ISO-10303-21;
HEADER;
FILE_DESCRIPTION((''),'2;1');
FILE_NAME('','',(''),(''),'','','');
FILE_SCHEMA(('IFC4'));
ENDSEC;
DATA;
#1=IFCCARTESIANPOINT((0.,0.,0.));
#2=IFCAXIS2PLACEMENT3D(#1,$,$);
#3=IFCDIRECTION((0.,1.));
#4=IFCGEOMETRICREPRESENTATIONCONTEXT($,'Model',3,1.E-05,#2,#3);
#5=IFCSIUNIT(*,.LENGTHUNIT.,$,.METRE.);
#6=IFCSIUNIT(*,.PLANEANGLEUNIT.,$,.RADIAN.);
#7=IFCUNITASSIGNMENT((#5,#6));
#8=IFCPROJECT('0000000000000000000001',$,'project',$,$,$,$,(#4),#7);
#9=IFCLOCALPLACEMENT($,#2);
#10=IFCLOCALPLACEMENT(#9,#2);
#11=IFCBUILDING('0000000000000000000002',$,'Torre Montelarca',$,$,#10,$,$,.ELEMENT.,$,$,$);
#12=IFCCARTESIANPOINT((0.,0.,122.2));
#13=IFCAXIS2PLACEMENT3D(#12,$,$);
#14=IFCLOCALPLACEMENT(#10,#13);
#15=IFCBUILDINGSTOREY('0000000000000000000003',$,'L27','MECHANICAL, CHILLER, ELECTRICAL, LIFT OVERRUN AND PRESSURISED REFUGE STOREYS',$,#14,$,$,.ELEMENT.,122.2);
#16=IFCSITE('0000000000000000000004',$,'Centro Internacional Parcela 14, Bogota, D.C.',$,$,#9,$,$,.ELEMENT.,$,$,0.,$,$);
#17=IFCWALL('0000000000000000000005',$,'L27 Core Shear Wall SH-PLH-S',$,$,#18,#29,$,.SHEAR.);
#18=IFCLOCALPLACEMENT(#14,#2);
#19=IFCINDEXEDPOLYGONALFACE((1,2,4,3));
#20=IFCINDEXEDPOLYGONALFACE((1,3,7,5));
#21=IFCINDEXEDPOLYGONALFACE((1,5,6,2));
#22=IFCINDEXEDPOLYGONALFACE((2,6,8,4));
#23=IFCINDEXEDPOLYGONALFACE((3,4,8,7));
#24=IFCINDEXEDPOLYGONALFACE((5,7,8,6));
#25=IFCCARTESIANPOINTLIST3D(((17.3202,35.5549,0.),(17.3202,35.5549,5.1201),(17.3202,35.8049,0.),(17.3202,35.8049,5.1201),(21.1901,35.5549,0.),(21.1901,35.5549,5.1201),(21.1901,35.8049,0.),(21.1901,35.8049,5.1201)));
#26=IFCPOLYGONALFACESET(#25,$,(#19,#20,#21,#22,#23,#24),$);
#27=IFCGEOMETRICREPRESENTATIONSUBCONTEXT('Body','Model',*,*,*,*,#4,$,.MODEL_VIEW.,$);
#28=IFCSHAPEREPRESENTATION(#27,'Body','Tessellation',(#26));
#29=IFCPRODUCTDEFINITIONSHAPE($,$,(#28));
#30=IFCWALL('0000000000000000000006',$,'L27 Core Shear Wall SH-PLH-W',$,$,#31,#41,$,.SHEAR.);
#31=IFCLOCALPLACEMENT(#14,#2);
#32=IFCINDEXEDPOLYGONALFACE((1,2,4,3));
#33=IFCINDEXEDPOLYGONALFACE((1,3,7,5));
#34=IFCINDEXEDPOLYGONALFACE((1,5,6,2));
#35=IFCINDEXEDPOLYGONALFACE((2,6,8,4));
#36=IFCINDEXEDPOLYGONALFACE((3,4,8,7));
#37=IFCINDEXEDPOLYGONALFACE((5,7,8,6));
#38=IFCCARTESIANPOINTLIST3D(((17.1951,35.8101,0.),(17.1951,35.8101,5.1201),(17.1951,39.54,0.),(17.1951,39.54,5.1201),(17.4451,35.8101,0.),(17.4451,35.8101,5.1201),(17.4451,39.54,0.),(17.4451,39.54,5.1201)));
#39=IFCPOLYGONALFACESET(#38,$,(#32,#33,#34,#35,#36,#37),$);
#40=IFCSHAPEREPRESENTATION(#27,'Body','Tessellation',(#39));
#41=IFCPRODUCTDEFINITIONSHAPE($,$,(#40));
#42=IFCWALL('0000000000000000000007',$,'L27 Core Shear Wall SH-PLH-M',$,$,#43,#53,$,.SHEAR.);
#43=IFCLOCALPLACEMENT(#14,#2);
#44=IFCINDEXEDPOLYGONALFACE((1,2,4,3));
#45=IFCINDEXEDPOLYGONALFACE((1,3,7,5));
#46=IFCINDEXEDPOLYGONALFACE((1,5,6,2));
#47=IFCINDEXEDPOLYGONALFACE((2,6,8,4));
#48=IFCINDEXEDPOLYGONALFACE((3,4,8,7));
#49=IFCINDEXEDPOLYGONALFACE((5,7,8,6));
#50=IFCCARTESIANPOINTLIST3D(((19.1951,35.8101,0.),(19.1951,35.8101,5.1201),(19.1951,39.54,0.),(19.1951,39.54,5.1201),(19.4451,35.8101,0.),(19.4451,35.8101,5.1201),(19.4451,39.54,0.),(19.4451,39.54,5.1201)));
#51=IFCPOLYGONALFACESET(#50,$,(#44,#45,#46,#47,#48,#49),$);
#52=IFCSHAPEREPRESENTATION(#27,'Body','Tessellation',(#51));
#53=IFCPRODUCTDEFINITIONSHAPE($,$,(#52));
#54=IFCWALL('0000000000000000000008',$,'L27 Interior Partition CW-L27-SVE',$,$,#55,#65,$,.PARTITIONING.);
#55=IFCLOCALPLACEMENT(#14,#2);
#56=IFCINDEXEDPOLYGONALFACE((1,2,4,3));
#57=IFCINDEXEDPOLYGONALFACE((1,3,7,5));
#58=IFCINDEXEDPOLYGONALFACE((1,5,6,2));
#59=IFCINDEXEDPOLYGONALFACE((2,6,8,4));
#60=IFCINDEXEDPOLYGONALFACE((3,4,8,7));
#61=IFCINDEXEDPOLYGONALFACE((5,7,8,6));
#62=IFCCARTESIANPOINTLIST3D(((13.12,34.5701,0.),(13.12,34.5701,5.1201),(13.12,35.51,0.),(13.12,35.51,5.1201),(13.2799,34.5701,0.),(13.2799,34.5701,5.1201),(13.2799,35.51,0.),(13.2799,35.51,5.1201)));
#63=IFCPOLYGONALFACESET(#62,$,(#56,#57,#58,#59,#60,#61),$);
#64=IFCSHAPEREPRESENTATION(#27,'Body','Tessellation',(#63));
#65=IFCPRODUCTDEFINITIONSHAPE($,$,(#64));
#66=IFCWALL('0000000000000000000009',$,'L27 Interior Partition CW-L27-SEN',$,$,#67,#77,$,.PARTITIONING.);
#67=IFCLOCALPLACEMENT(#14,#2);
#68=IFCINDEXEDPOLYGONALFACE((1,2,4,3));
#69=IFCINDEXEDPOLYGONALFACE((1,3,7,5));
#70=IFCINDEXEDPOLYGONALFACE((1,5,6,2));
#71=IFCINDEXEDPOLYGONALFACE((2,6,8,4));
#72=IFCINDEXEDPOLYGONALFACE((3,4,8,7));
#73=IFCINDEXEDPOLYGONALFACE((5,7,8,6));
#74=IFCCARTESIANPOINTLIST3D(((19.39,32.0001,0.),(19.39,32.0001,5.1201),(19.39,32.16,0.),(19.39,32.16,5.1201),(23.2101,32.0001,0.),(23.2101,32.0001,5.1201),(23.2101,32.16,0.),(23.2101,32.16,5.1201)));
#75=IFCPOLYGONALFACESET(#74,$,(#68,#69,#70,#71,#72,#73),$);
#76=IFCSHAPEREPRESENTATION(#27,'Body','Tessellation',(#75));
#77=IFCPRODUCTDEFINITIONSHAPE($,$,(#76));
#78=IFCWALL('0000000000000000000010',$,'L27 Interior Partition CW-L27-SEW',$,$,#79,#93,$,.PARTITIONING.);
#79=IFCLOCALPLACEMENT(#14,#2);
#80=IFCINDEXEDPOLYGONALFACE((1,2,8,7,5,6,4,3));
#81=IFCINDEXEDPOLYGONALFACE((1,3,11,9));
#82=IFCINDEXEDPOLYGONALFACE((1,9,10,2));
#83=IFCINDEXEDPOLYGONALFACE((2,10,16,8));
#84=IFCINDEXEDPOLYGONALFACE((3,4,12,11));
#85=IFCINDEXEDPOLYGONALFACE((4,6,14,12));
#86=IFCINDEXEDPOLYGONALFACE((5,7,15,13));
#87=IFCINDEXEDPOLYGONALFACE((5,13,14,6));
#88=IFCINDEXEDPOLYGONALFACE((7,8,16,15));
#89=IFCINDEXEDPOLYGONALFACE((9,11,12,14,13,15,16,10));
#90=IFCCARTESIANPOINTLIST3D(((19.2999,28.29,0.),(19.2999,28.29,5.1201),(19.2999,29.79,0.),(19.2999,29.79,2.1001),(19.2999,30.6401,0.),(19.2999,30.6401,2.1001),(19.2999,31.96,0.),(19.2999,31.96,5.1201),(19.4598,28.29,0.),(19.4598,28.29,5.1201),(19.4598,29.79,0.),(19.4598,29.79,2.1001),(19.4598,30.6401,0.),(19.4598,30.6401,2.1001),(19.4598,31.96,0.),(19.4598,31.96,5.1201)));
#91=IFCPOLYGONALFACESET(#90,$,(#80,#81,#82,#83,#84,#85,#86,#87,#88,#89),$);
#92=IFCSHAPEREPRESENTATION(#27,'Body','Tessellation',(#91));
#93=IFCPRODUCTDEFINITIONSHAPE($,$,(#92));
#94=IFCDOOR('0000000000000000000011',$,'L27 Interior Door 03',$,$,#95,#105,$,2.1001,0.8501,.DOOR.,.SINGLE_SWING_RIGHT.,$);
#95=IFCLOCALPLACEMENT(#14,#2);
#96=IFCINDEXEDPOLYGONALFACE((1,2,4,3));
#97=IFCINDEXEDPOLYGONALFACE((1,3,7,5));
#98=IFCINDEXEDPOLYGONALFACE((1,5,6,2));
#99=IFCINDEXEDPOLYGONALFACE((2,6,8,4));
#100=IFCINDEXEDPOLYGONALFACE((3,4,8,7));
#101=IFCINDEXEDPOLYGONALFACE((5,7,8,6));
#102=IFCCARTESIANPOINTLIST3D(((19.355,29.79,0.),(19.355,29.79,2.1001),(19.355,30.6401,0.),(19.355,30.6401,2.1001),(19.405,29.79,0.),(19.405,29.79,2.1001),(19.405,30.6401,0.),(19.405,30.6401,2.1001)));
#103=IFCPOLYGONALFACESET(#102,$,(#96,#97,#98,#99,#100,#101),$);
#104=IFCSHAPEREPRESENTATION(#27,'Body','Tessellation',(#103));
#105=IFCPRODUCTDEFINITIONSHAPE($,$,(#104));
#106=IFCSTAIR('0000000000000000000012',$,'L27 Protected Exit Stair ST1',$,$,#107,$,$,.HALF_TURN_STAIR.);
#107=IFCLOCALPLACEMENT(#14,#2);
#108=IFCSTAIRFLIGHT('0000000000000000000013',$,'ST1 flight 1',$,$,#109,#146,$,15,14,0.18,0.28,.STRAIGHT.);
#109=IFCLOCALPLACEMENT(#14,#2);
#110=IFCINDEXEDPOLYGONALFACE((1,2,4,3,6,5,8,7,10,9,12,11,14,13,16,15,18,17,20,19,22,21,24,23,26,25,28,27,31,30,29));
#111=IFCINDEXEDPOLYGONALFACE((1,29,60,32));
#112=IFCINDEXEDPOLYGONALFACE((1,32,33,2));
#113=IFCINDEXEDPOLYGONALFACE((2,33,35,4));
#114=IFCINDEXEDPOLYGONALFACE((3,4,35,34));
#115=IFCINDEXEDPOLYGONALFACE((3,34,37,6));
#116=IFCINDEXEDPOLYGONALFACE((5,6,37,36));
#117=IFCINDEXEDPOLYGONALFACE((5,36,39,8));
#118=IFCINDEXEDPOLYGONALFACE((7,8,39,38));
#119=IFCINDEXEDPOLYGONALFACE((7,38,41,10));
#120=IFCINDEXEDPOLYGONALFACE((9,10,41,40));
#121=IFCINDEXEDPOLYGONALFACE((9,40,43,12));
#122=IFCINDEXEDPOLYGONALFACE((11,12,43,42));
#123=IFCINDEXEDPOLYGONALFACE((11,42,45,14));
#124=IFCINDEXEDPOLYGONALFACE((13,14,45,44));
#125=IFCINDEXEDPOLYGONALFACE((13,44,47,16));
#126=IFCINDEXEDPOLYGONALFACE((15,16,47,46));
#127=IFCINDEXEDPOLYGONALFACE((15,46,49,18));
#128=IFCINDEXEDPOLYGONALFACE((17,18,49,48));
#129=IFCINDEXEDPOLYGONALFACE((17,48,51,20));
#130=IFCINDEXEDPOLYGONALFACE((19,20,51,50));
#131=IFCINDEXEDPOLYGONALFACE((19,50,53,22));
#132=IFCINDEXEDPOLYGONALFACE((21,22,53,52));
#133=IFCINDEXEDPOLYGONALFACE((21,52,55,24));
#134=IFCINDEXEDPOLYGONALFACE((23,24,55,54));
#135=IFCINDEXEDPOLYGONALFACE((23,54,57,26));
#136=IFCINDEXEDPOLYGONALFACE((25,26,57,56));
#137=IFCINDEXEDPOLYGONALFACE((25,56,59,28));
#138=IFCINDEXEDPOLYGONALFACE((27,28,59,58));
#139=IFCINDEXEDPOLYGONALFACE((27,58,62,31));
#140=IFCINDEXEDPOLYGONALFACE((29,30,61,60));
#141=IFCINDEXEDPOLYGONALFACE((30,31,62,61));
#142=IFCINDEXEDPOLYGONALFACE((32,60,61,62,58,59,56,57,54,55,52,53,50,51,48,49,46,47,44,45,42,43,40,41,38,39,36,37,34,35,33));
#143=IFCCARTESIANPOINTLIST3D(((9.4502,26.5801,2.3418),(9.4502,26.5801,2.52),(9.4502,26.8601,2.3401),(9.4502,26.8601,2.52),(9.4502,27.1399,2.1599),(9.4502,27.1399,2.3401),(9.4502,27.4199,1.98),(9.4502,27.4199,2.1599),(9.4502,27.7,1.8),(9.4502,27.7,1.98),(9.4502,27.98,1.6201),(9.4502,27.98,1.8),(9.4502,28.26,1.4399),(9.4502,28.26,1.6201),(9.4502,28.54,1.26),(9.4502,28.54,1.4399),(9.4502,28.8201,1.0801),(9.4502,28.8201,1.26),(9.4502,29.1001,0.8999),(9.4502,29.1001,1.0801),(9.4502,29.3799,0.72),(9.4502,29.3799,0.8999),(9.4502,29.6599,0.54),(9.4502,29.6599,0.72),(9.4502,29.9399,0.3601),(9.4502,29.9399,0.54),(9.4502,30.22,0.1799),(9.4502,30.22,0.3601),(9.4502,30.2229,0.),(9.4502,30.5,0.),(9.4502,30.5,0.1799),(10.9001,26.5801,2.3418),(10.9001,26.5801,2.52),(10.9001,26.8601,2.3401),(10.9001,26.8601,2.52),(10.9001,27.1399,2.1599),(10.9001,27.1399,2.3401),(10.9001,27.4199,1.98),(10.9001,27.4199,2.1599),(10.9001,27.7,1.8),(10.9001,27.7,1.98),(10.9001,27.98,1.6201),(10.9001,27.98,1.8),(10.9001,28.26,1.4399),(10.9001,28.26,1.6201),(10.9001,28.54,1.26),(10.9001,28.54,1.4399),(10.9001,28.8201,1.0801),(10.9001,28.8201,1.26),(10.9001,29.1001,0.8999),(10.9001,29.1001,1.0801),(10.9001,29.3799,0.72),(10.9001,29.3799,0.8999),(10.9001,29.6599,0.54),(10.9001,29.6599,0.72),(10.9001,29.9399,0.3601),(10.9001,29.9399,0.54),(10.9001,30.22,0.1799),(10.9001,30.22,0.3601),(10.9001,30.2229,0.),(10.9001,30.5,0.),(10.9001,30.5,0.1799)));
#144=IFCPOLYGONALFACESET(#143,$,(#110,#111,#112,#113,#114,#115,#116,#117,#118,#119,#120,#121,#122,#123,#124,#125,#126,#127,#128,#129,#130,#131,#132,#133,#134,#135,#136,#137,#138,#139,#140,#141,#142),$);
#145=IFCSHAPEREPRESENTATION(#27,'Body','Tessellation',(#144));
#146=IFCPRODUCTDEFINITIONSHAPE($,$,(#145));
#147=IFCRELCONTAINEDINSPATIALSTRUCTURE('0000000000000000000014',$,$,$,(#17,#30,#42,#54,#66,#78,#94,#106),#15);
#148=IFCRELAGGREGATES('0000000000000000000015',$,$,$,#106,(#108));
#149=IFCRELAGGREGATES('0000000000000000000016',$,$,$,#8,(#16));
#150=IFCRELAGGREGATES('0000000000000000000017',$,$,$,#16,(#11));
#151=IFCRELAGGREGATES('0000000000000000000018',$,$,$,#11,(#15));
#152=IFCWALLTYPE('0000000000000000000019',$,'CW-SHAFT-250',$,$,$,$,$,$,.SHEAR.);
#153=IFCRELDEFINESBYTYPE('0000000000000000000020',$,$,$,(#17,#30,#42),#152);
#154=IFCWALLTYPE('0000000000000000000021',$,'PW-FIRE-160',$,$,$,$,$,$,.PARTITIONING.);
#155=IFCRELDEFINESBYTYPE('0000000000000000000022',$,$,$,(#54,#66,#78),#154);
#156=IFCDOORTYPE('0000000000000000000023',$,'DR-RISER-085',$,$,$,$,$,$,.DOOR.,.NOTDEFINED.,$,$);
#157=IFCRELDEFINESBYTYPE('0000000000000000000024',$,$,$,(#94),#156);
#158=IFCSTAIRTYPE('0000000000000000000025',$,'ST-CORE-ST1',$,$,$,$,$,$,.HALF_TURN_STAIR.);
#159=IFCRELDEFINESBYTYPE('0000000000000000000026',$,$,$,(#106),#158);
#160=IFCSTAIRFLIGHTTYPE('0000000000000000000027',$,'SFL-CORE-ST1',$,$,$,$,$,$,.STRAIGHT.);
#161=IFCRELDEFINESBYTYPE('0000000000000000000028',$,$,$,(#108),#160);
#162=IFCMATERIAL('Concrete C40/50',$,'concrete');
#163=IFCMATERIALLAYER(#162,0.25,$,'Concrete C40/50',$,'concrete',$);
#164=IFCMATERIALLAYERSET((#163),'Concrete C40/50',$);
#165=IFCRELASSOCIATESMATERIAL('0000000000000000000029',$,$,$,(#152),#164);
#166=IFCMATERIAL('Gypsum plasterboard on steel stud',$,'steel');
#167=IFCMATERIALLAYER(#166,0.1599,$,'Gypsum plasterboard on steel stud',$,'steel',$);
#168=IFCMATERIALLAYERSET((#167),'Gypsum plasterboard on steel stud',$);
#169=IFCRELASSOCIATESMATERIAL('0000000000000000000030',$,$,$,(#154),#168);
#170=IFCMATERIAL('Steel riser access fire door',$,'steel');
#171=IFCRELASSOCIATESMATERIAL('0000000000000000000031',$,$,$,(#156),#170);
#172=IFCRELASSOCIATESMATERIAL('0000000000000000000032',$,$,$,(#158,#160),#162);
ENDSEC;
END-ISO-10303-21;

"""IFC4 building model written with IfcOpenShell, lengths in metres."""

from ifc_helpers import new_model, si_unit, direction, frame, frame_2d, origin, place, context, subcontext, project, spatial, polyline, rectangle, outline, extrude, source, transform, mapped, material, layer, layer_set, type_object, element, fill, aggregate, save


model = new_model("IFC4")

# Units and contexts
model_context = context("Model", 3, precision=1e-05, world=origin(), true_north=direction((0.0, 1.0)))
body_context = subcontext(model_context, "Body", "Model", "MODEL_VIEW")
ifc_project = project(units=[si_unit("LENGTHUNIT", "METRE"), si_unit("PLANEANGLEUNIT", "RADIAN")], contexts=[model_context])

# Site, building, storey
site_placement = place(None, origin())
site = spatial("IfcSite", under=ifc_project, at=site_placement, Name="Centro Internacional Parcela 14, Bogota, D.C.", CompositionType="ELEMENT", RefElevation=0.0)
building_placement = place(site_placement, origin())
building = spatial("IfcBuilding", under=site, at=building_placement, Name="Torre Montelarca", CompositionType="ELEMENT")
storey_placement = place(building_placement, frame((0.0, 0.0, 122.2)))
storey = spatial("IfcBuildingStorey", under=building, at=storey_placement, Name="L27", Description="MECHANICAL, CHILLER, ELECTRICAL, LIFT OVERRUN AND PRESSURISED REFUGE STOREYS", CompositionType="ELEMENT", Elevation=122.2)

# Shared definitions
ifc_material_1 = material(Name="Concrete C40/50", Category="concrete")
ifc_layer_1 = layer(ifc_material_1, 0.25, Name="Concrete C40/50", Category="concrete")
ifc_layer_set_1 = layer_set([ifc_layer_1], Name="Concrete C40/50")
wall_type_1 = type_object("IfcWallType", Name="CW-SHAFT-250", PredefinedType="SHEAR", material=ifc_layer_set_1)

# Walls
wall_1_placement = place(storey_placement, frame((17.3201, 35.6799, 0.0), z_axis=(0.0, 0.0, 1.0), x_axis=(1.0, 0.0, 0.0)))
element("IfcWall", 1, at=wall_1_placement, inside=storey, type_object=wall_type_1, Name="L27 Core Shear Wall SH-PLH-S", PredefinedType="SHEAR", context=body_context, shape_type="SweptSolid", body=[
    extrude(rectangle(XDim=3.8699, YDim=0.25, at=frame_2d((1.9351, 0.0))), origin(), (0.0, 0.0, 1.0), 5.1201),
])
for number, where, z_axis, x_axis, name in (
    (2, (17.3201, 35.8101, 0.0), (0.0, 0.0, 1.0), (0.0, 1.0, 0.0), "L27 Core Shear Wall SH-PLH-W"),
    (3, (19.3201, 35.8101, 0.0), (0.0, 0.0, 1.0), (0.0, 1.0, 0.0), "L27 Core Shear Wall SH-PLH-M"),
):
    element("IfcWall", number, at=place(storey_placement, frame(where, z_axis=z_axis, x_axis=x_axis)), inside=storey, type_object=wall_type_1, Name=name, PredefinedType="SHEAR", context=body_context, shape_type="SweptSolid", body=[
        extrude(rectangle(XDim=3.73, YDim=0.25, at=frame_2d((1.865, 0.0))), origin(), (0.0, 0.0, 1.0), 5.1201),
    ])
ifc_material_2 = material(Name="Gypsum plasterboard on steel stud", Category="steel")
ifc_layer_2 = layer(ifc_material_2, 0.1599, Name="Gypsum plasterboard on steel stud", Category="steel")
ifc_layer_set_2 = layer_set([ifc_layer_2], Name="Gypsum plasterboard on steel stud")
wall_type_2 = type_object("IfcWallType", Name="PW-FIRE-160", PredefinedType="PARTITIONING", material=ifc_layer_set_2)
wall_2_placement = place(storey_placement, frame((13.2, 34.5701, 0.0), z_axis=(0.0, 0.0, 1.0), x_axis=(0.0, 1.0, 0.0)))
element("IfcWall", 4, at=wall_2_placement, inside=storey, type_object=wall_type_2, Name="L27 Interior Partition CW-L27-SVE", PredefinedType="PARTITIONING", context=body_context, shape_type="SweptSolid", body=[
    extrude(rectangle(XDim=0.9399, YDim=0.1599, at=frame_2d((0.47, 0.0))), origin(), (0.0, 0.0, 1.0), 5.1201),
])
wall_3_placement = place(storey_placement, frame((19.3899, 32.0801, 0.0), z_axis=(0.0, 0.0, 1.0), x_axis=(1.0, 0.0, 0.0)))
element("IfcWall", 5, at=wall_3_placement, inside=storey, type_object=wall_type_2, Name="L27 Interior Partition CW-L27-SEN", PredefinedType="PARTITIONING", context=body_context, shape_type="SweptSolid", body=[
    extrude(rectangle(XDim=3.8201, YDim=0.1599, at=frame_2d((1.9102, 0.0))), origin(), (0.0, 0.0, 1.0), 5.1201),
])

# Wall, opening, door
wall_4_placement = place(storey_placement, frame((19.3799, 28.29, 0.0), z_axis=(0.0, 0.0, 1.0), x_axis=(0.0, 1.0, 0.0)))
wall_4 = element("IfcWall", 6, at=wall_4_placement, inside=storey, type_object=wall_type_2, Name="L27 Interior Partition CW-L27-SEW", PredefinedType="PARTITIONING", context=body_context, shape_type="SweptSolid", body=[
    extrude(rectangle(XDim=3.6699, YDim=0.1599, at=frame_2d((1.835, 0.0))), origin(), (0.0, 0.0, 1.0), 5.1201),
])
opening_1_placement = place(wall_4_placement, frame((1.5, 0.0, 0.0)))
opening_1 = element("IfcOpeningElement", 7, at=opening_1_placement, cuts=wall_4, PredefinedType="OPENING", context=body_context, shape_type="SweptSolid", body=[
    extrude(rectangle(XDim=0.8501, YDim=2.1001, at=frame_2d((0.425, 1.05))), frame((0.0, 0.0898, 0.0), z_axis=(0.0, -1.0, 0.0), x_axis=(1.0, 0.0, 0.0)), (0.0, 0.0, 1.0), 0.1799),
])
ifc_material_3 = material(Name="Steel riser access fire door", Category="steel")
door_type_1 = type_object("IfcDoorType", Name="DR-RISER-085", OperationType="NOTDEFINED", PredefinedType="DOOR", material=ifc_material_3)
shared_shape_1 = source(origin(), body_context, "Body", "SweptSolid", [
    extrude(rectangle(XDim=0.8501, YDim=2.1001, at=frame_2d((0.425, 1.05))), frame((0.0, 0.0249, 0.0), z_axis=(0.0, -1.0, 0.0), x_axis=(1.0, 0.0, 0.0)), (0.0, 0.0, 1.0), 0.05),
])
door_1_placement = place(opening_1_placement, origin())
door_1 = element("IfcDoor", 8, at=door_1_placement, inside=storey, type_object=door_type_1, Name="L27 Interior Door 03", OperationType="SINGLE_SWING_RIGHT", OverallHeight=2.1001, OverallWidth=0.8501, PredefinedType="DOOR", context=body_context, shape_type="MappedRepresentation", body=[
    mapped(shared_shape_1, transform((0.0, 0.0, 0.0), scale=1.0)),
])
fill(opening_1, door_1)

# Stair, stair flight
stair_type_1 = type_object("IfcStairType", Name="ST-CORE-ST1", PredefinedType="HALF_TURN_STAIR", material=ifc_material_1)
stair_1_placement = place(storey_placement, origin())
stair_1 = element("IfcStair", 9, at=stair_1_placement, inside=storey, type_object=stair_type_1, Name="L27 Protected Exit Stair ST1", PredefinedType="HALF_TURN_STAIR")
stair_flight_type_1 = type_object("IfcStairFlightType", Name="SFL-CORE-ST1", PredefinedType="STRAIGHT", material=ifc_material_1)
stair_flight_1_placement = place(storey_placement, frame((10.175, 30.5, 0.0), z_axis=(0.0, 0.0, 1.0), x_axis=(0.0, -1.0, 0.0)))
stair_flight_1 = element("IfcStairFlight", 10, at=stair_flight_1_placement, type_object=stair_flight_type_1, Name="ST1 flight 1", NumberOfRisers=15, NumberOfTreads=14, PredefinedType="STRAIGHT", RiserHeight=0.18, TreadLength=0.28, context=body_context, shape_type="SweptSolid", body=[
    extrude(outline(polyline([(0.0, 0.0), (0.0, 0.1799), (0.28, 0.1799), (0.28, 0.3601), (0.5601, 0.3601), (0.5601, 0.54), (0.8401, 0.54), (0.8401, 0.72), (1.1201, 0.72), (1.1201, 0.8999), (1.3999, 0.8999), (1.3999, 1.0801), (1.6799, 1.0801), (1.6799, 1.26), (1.96, 1.26), (1.96, 1.4399), (2.24, 1.4399), (2.24, 1.6201), (2.52, 1.6201), (2.52, 1.8), (2.8, 1.8), (2.8, 1.98), (3.0801, 1.98), (3.0801, 2.1599), (3.3601, 2.1599), (3.3601, 2.3401), (3.6399, 2.3401), (3.6399, 2.52), (3.9199, 2.52), (3.9199, 2.7), (3.9199, 2.3418), (0.2771, 0.0), (0.0, 0.0)])), frame((0.0, 0.7251, 0.0), z_axis=(0.0, -1.0, 0.0), x_axis=(1.0, 0.0, 0.0)), (0.0, 0.0, 1.0), 1.45),
])
aggregate(stair_1, [stair_flight_1])

save(model, "model.ifc")
